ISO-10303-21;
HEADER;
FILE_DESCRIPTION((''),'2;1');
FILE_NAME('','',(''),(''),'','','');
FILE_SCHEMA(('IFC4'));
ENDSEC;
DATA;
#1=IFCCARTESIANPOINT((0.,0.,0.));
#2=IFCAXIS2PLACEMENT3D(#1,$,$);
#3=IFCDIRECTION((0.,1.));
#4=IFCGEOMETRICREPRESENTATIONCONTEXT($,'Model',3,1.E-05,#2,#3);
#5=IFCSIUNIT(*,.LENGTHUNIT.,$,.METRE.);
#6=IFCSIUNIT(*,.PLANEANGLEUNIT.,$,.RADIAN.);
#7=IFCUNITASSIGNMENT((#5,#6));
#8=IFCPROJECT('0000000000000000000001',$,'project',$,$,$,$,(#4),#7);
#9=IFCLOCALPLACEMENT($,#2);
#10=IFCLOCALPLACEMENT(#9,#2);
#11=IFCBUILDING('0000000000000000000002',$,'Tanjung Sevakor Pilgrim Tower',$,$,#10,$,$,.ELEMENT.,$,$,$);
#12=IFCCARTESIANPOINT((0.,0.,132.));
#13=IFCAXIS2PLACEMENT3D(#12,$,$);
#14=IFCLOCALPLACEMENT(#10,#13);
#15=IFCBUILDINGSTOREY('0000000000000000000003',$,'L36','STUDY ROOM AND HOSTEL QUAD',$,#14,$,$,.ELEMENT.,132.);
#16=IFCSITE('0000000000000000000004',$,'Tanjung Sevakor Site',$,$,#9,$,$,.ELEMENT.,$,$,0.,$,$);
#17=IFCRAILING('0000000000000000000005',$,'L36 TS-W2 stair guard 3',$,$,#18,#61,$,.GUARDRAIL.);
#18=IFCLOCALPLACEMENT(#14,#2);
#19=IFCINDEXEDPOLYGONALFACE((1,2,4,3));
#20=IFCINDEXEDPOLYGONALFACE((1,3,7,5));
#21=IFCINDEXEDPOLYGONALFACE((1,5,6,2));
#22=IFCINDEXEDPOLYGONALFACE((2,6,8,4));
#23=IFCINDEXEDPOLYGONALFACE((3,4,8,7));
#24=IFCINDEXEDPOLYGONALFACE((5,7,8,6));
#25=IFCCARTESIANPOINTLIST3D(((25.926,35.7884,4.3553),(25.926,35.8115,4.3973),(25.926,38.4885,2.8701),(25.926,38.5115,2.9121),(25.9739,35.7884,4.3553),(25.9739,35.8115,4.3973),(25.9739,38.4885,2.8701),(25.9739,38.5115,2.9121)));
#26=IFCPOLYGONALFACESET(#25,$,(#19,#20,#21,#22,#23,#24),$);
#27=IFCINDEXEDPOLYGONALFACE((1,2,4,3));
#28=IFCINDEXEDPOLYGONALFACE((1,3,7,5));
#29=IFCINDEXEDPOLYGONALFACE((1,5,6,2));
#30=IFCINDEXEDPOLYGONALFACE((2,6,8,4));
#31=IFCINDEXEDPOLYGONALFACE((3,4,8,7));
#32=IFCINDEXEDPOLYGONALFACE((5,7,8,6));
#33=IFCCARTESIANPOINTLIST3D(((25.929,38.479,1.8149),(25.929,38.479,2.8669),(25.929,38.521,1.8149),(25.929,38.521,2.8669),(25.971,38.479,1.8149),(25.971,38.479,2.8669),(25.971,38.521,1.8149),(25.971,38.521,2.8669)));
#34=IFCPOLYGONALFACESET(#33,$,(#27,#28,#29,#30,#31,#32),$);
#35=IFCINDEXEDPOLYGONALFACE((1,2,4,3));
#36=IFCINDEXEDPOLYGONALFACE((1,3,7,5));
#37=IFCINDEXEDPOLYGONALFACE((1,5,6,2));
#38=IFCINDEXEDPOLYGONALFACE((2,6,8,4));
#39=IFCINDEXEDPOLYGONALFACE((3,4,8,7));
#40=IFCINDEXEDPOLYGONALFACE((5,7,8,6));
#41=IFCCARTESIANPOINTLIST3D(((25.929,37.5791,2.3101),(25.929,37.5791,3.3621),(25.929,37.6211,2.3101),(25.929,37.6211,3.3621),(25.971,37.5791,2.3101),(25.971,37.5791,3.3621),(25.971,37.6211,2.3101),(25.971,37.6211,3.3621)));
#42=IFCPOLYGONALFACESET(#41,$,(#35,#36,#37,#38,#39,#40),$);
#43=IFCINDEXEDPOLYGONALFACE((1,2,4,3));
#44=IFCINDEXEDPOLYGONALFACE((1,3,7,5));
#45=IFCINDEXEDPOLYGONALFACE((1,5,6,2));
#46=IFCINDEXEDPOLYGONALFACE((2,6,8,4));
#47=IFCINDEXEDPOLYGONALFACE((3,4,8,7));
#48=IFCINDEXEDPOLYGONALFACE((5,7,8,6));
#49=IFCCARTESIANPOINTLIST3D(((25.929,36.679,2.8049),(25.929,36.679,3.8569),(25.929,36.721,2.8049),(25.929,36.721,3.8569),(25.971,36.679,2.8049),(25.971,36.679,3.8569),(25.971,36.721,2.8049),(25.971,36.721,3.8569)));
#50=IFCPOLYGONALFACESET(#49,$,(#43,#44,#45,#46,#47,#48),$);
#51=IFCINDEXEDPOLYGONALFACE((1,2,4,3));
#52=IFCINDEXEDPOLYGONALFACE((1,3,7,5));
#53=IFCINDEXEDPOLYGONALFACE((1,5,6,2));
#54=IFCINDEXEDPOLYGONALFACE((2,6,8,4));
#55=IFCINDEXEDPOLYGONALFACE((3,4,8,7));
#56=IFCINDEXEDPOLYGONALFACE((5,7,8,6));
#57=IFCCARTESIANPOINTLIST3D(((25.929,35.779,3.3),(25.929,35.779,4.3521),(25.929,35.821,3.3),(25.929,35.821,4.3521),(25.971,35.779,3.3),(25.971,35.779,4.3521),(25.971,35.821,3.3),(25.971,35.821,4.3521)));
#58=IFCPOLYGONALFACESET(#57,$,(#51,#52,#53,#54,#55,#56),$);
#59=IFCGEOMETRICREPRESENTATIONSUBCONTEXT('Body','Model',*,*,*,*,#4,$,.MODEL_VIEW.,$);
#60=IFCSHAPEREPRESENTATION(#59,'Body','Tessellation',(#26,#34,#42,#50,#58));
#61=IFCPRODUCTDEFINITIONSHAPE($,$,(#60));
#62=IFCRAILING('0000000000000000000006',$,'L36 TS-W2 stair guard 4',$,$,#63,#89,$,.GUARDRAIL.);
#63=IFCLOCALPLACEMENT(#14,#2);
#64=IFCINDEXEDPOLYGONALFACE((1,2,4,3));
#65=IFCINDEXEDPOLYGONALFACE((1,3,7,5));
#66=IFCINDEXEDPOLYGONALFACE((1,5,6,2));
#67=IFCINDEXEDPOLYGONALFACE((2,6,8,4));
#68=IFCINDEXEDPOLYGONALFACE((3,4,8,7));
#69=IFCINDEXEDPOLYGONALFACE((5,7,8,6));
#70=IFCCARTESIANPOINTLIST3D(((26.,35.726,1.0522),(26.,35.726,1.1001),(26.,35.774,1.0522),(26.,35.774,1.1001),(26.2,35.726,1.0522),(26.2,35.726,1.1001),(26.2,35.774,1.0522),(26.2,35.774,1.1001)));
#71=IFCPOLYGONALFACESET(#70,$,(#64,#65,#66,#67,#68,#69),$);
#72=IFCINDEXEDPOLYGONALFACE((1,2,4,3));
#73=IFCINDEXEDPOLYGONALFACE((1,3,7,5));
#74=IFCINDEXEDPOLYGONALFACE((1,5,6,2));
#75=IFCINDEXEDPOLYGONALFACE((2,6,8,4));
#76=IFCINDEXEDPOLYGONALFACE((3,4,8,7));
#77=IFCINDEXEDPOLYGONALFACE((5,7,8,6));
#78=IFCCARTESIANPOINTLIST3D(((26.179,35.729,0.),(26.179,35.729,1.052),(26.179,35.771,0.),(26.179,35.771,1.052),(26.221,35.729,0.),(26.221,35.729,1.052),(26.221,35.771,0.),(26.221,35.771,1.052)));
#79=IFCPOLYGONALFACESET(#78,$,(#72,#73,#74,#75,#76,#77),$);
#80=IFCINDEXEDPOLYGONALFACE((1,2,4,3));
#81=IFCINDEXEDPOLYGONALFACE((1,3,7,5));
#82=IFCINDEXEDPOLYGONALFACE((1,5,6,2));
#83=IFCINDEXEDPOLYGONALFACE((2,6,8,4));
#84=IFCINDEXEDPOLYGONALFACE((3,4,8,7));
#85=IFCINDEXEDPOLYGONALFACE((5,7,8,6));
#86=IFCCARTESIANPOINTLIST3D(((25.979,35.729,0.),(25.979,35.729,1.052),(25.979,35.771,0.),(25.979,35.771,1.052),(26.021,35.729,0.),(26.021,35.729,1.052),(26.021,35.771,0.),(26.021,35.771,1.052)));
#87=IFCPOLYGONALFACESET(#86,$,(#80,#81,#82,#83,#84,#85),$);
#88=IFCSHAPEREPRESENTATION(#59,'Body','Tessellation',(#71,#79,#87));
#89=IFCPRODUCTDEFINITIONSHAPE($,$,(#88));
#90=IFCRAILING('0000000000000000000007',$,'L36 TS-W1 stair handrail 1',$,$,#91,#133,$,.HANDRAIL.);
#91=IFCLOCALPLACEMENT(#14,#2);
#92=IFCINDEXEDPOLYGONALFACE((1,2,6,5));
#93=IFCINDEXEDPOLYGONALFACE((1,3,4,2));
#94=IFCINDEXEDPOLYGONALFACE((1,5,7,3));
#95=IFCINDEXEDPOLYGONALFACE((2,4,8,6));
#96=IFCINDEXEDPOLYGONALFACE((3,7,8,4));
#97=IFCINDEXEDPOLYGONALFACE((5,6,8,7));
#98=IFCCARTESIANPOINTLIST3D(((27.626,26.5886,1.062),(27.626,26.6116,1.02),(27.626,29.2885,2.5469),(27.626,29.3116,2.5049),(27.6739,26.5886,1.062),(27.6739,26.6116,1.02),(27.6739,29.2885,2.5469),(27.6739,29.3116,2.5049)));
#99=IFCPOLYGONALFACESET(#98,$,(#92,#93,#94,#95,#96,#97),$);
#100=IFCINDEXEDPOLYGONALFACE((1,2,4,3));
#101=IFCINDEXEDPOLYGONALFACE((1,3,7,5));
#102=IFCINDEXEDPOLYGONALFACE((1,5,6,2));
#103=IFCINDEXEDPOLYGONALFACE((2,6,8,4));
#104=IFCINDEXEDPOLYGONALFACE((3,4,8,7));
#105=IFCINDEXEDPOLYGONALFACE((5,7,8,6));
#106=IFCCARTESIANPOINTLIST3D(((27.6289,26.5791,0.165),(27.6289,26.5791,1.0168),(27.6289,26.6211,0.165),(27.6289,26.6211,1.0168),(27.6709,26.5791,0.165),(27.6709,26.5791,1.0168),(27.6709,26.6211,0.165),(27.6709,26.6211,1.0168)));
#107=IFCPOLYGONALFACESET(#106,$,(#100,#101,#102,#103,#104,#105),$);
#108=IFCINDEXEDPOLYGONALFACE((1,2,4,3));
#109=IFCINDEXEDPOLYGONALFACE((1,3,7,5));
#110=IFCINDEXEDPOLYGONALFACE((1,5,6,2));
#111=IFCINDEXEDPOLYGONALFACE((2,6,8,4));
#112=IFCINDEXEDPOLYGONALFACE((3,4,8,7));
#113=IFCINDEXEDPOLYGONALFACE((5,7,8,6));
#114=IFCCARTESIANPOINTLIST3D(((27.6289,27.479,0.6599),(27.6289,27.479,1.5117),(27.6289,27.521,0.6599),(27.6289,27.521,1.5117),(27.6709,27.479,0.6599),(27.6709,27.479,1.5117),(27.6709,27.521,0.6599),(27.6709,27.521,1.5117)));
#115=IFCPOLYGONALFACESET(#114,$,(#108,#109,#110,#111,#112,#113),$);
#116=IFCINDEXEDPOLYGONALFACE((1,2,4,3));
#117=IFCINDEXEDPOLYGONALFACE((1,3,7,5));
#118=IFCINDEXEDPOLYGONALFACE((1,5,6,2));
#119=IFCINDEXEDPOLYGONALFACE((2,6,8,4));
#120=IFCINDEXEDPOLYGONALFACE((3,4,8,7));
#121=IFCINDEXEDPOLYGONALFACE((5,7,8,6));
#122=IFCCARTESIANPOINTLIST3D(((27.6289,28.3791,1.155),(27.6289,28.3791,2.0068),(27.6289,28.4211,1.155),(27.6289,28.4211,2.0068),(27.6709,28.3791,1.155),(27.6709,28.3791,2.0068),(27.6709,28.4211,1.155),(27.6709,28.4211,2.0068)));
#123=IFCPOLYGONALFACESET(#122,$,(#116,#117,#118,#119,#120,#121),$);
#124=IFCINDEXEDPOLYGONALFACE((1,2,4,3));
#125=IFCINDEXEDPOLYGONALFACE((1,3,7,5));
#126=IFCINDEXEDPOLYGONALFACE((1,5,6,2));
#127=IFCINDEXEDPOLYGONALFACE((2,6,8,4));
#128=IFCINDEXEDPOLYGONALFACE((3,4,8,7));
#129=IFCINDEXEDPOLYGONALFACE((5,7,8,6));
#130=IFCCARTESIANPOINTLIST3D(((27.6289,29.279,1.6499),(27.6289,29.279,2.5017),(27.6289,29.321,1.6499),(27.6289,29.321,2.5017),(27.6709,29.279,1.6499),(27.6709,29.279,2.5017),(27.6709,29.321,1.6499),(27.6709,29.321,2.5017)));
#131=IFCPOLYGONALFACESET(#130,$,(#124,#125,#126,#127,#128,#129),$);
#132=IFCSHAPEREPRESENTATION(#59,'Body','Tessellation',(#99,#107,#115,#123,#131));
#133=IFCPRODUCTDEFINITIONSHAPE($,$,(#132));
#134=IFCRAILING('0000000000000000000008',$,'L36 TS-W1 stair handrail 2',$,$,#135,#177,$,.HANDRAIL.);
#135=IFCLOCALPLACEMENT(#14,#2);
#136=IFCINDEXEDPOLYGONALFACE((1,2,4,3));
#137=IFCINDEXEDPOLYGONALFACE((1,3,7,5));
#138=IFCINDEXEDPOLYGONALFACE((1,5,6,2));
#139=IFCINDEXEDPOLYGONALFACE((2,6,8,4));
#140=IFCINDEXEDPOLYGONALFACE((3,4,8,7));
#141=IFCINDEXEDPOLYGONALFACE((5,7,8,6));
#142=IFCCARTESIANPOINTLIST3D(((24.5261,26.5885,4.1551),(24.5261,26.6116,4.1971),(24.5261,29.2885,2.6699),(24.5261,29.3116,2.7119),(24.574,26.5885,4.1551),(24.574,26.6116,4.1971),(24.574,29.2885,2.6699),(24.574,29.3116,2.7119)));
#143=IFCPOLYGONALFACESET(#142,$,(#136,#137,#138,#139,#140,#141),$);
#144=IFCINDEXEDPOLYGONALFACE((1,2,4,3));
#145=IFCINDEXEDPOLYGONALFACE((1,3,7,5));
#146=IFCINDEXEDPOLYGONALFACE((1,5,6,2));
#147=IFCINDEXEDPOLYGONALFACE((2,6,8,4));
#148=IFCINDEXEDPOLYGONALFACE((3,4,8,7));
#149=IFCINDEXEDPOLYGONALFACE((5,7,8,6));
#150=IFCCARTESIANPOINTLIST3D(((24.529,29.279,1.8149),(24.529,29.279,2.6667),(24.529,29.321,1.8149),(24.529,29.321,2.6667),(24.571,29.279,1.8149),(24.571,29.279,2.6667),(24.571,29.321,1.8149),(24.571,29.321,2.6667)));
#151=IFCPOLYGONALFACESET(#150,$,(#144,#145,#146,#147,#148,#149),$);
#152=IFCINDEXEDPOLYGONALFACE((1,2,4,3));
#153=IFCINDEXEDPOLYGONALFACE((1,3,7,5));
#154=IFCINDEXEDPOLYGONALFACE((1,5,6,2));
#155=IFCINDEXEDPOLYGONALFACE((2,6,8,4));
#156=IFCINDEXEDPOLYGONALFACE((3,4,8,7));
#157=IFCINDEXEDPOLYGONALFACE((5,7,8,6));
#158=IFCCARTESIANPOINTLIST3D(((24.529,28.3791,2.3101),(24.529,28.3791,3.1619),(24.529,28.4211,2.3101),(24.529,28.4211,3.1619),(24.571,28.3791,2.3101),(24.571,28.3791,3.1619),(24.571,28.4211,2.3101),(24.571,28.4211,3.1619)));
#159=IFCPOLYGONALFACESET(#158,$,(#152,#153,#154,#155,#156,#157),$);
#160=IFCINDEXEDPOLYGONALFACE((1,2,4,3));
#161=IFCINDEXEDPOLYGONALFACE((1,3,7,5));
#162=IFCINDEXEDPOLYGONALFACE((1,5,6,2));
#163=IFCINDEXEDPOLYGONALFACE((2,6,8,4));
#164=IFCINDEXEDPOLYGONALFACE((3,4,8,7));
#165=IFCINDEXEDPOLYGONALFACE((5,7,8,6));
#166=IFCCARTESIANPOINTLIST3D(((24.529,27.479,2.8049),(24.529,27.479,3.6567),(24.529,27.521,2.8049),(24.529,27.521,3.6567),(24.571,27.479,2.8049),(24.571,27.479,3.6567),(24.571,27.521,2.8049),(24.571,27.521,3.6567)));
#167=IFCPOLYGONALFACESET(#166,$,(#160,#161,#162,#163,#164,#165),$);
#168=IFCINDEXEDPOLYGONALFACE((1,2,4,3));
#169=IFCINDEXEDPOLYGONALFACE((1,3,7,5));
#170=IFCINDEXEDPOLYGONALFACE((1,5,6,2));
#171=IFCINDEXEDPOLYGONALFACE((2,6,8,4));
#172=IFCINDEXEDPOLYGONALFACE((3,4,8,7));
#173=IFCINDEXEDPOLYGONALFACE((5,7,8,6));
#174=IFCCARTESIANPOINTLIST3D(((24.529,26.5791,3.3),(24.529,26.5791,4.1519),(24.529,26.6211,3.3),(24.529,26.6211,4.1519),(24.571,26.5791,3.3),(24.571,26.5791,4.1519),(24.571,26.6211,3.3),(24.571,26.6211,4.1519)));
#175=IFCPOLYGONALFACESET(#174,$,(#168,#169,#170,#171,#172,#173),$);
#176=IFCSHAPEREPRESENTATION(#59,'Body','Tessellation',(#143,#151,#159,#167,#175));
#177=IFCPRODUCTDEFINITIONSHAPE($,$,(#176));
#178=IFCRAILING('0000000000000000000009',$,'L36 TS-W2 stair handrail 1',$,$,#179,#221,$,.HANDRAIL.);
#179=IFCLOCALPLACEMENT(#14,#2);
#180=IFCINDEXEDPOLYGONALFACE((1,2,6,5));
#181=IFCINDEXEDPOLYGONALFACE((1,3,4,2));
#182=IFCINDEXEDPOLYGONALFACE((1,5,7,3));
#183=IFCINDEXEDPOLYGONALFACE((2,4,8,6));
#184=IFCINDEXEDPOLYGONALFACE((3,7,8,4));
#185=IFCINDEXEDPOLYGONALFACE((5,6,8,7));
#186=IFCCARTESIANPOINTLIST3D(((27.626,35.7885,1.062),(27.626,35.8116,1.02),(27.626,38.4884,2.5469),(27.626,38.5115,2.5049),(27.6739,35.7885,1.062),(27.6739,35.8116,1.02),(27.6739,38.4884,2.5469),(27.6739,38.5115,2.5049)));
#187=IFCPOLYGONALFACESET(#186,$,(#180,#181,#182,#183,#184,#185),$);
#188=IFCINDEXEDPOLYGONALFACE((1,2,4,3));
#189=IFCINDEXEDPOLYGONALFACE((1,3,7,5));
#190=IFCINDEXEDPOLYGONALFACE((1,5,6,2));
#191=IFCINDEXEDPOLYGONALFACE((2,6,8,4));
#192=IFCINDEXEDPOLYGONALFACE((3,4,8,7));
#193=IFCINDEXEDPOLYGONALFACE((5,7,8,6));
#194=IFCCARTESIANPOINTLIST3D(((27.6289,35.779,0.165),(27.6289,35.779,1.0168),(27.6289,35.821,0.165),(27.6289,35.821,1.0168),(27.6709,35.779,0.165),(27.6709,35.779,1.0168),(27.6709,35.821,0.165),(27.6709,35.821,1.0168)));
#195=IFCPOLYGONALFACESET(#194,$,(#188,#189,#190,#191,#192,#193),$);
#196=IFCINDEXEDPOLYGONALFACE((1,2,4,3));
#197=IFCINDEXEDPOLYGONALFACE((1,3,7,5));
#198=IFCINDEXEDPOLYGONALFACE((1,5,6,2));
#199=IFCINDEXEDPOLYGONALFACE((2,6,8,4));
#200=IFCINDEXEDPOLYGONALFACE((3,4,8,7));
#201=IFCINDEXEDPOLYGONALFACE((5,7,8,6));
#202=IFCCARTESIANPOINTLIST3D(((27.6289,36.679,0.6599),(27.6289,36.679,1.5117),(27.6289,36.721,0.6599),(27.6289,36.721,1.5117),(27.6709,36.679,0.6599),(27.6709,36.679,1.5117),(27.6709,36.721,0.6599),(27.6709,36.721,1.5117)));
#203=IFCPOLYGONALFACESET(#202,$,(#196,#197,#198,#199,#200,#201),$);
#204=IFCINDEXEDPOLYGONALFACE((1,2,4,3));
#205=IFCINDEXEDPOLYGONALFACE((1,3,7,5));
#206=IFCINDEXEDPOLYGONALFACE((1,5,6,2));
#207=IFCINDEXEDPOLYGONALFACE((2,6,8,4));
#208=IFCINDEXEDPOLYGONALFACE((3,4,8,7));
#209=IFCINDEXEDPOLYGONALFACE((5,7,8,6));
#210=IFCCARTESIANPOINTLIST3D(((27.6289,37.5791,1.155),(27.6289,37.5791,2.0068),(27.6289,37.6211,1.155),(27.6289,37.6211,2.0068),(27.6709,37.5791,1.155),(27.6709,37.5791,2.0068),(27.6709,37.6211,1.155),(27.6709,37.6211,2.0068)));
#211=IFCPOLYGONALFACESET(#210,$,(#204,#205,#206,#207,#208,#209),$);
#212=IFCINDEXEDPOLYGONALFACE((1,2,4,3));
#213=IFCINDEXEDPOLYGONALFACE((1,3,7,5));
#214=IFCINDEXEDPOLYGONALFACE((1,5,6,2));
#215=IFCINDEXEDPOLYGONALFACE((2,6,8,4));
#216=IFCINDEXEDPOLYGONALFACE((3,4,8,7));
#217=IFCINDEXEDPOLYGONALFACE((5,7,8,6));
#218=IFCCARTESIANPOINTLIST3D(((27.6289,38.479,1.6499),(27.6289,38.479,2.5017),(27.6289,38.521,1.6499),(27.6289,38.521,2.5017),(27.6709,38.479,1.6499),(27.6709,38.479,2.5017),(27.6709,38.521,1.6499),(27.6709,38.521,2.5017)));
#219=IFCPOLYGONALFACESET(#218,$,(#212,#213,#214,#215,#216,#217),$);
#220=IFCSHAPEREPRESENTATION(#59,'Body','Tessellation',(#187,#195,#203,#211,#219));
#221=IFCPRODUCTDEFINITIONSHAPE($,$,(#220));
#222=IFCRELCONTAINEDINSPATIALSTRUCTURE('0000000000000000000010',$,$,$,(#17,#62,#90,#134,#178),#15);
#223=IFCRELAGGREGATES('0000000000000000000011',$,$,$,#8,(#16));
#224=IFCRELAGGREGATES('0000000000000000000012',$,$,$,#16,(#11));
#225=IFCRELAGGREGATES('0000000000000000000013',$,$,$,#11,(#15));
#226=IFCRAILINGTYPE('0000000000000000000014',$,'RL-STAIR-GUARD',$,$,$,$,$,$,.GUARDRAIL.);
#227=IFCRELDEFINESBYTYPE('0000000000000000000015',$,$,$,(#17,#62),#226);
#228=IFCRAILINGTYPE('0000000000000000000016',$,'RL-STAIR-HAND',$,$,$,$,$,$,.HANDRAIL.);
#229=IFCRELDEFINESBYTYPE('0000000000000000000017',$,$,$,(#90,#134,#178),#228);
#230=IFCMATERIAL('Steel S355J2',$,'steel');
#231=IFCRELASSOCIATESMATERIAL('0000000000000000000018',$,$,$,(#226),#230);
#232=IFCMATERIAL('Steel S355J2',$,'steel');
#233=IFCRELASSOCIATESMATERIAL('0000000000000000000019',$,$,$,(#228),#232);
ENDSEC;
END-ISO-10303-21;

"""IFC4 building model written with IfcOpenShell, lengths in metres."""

from ifc_helpers import new_model, si_unit, direction, frame, origin, place, context, subcontext, project, spatial, rectangle, extrude, material, type_object, element, save


model = new_model("IFC4")

# Units and contexts
model_context = context("Model", 3, precision=1e-05, world=origin(), true_north=direction((0.0, 1.0)))
body_context = subcontext(model_context, "Body", "Model", "MODEL_VIEW")
ifc_project = project(units=[si_unit("LENGTHUNIT", "METRE"), si_unit("PLANEANGLEUNIT", "RADIAN")], contexts=[model_context])

# Site, building, storey
site_placement = place(None, origin())
site = spatial("IfcSite", under=ifc_project, at=site_placement, Name="Tanjung Sevakor Site", CompositionType="ELEMENT", RefElevation=0.0)
building_placement = place(site_placement, origin())
building = spatial("IfcBuilding", under=site, at=building_placement, Name="Tanjung Sevakor Pilgrim Tower", CompositionType="ELEMENT")
storey_placement = place(building_placement, frame((0.0, 0.0, 132.0)))
storey = spatial("IfcBuildingStorey", under=building, at=storey_placement, Name="L36", Description="STUDY ROOM AND HOSTEL QUAD", CompositionType="ELEMENT", Elevation=132.0)

# Railings
ifc_material_1 = material(Name="Steel S355J2", Category="steel")
railing_type_1 = type_object("IfcRailingType", Name="RL-STAIR-GUARD", PredefinedType="GUARDRAIL", material=ifc_material_1)
railing_1_placement = place(storey_placement, frame((25.95, 38.5, 1.8149)))
element("IfcRailing", 1, at=railing_1_placement, inside=storey, type_object=railing_type_1, Name="L36 TS-W2 stair guard 3", PredefinedType="GUARDRAIL", context=body_context, shape_type="SweptSolid", body=[
    extrude(rectangle(XDim=0.0479, YDim=0.0479), frame((0.0, 0.0, 1.0762), z_axis=(0.0, -0.876198, 0.481952), x_axis=(1.0, 0.0, 0.0)), (0.0, 0.0, 1.0), 3.0815),
    extrude(rectangle(XDim=0.042, YDim=0.042), origin(), (0.0, 0.0, 1.0), 1.052),
    extrude(rectangle(XDim=0.042, YDim=0.042), frame((0.0, -0.8999, 0.4951)), (0.0, 0.0, 1.0), 1.052),
    extrude(rectangle(XDim=0.042, YDim=0.042), frame((0.0, -1.8, 0.99)), (0.0, 0.0, 1.0), 1.052),
    extrude(rectangle(XDim=0.042, YDim=0.042), frame((0.0, -2.7, 1.4851)), (0.0, 0.0, 1.0), 1.052),
])
railing_2_placement = place(storey_placement, frame((26.2, 35.75, 0.0)))
element("IfcRailing", 2, at=railing_2_placement, inside=storey, type_object=railing_type_1, Name="L36 TS-W2 stair guard 4", PredefinedType="GUARDRAIL", context=body_context, shape_type="SweptSolid", body=[
    extrude(rectangle(XDim=0.0479, YDim=0.0479), frame((0.0, 0.0, 1.0762), z_axis=(-1.0, 0.0, 0.0), x_axis=(0.0, -1.0, 0.0)), (0.0, 0.0, 1.0), 0.2),
    extrude(rectangle(XDim=0.042, YDim=0.042), origin(), (0.0, 0.0, 1.0), 1.052),
    extrude(rectangle(XDim=0.042, YDim=0.042), frame((-0.2, 0.0, 0.0)), (0.0, 0.0, 1.0), 1.052),
])
ifc_material_2 = material(Name="Steel S355J2", Category="steel")
railing_type_2 = type_object("IfcRailingType", Name="RL-STAIR-HAND", PredefinedType="HANDRAIL", material=ifc_material_2)
railing_3_placement = place(storey_placement, frame((27.6499, 26.6001, 0.165)))
element("IfcRailing", 3, at=railing_3_placement, inside=storey, type_object=railing_type_2, Name="L36 TS-W1 stair handrail 1", PredefinedType="HANDRAIL", context=body_context, shape_type="SweptSolid", body=[
    extrude(rectangle(XDim=0.0479, YDim=0.0479), frame((0.0, 0.0, 0.876), z_axis=(0.0, 0.876231, 0.481891), x_axis=(-1.0, 0.0, 0.0)), (0.0, 0.0, 1.0), 3.0813),
    extrude(rectangle(XDim=0.042, YDim=0.042), origin(), (0.0, 0.0, 1.0), 0.8518),
    extrude(rectangle(XDim=0.042, YDim=0.042), frame((0.0, 0.8999, 0.4949)), (0.0, 0.0, 1.0), 0.8518),
    extrude(rectangle(XDim=0.042, YDim=0.042), frame((0.0, 1.8, 0.99)), (0.0, 0.0, 1.0), 0.8518),
    extrude(rectangle(XDim=0.042, YDim=0.042), frame((0.0, 2.7, 1.4849)), (0.0, 0.0, 1.0), 0.8518),
])
railing_4_placement = place(storey_placement, frame((24.55, 29.3, 1.8149)))
element("IfcRailing", 4, at=railing_4_placement, inside=storey, type_object=railing_type_2, Name="L36 TS-W1 stair handrail 2", PredefinedType="HANDRAIL", context=body_context, shape_type="SweptSolid", body=[
    extrude(rectangle(XDim=0.0479, YDim=0.0479), frame((0.0, 0.0, 0.876), z_axis=(0.0, -0.876198, 0.481952), x_axis=(1.0, 0.0, 0.0)), (0.0, 0.0, 1.0), 3.0815),
    extrude(rectangle(XDim=0.042, YDim=0.042), origin(), (0.0, 0.0, 1.0), 0.8518),
    extrude(rectangle(XDim=0.042, YDim=0.042), frame((0.0, -0.8999, 0.4951)), (0.0, 0.0, 1.0), 0.8518),
    extrude(rectangle(XDim=0.042, YDim=0.042), frame((0.0, -1.8, 0.99)), (0.0, 0.0, 1.0), 0.8518),
    extrude(rectangle(XDim=0.042, YDim=0.042), frame((0.0, -2.7, 1.4851)), (0.0, 0.0, 1.0), 0.8518),
])
railing_5_placement = place(storey_placement, frame((27.6499, 35.8, 0.165)))
element("IfcRailing", 5, at=railing_5_placement, inside=storey, type_object=railing_type_2, Name="L36 TS-W2 stair handrail 1", PredefinedType="HANDRAIL", context=body_context, shape_type="SweptSolid", body=[
    extrude(rectangle(XDim=0.0479, YDim=0.0479), frame((0.0, 0.0, 0.876), z_axis=(0.0, 0.876231, 0.481891), x_axis=(-1.0, 0.0, 0.0)), (0.0, 0.0, 1.0), 3.0813),
    extrude(rectangle(XDim=0.042, YDim=0.042), origin(), (0.0, 0.0, 1.0), 0.8518),
    extrude(rectangle(XDim=0.042, YDim=0.042), frame((0.0, 0.8999, 0.4949)), (0.0, 0.0, 1.0), 0.8518),
    extrude(rectangle(XDim=0.042, YDim=0.042), frame((0.0, 1.8, 0.99)), (0.0, 0.0, 1.0), 0.8518),
    extrude(rectangle(XDim=0.042, YDim=0.042), frame((0.0, 2.7, 1.4849)), (0.0, 0.0, 1.0), 0.8518),
])

save(model, "model.ifc")
